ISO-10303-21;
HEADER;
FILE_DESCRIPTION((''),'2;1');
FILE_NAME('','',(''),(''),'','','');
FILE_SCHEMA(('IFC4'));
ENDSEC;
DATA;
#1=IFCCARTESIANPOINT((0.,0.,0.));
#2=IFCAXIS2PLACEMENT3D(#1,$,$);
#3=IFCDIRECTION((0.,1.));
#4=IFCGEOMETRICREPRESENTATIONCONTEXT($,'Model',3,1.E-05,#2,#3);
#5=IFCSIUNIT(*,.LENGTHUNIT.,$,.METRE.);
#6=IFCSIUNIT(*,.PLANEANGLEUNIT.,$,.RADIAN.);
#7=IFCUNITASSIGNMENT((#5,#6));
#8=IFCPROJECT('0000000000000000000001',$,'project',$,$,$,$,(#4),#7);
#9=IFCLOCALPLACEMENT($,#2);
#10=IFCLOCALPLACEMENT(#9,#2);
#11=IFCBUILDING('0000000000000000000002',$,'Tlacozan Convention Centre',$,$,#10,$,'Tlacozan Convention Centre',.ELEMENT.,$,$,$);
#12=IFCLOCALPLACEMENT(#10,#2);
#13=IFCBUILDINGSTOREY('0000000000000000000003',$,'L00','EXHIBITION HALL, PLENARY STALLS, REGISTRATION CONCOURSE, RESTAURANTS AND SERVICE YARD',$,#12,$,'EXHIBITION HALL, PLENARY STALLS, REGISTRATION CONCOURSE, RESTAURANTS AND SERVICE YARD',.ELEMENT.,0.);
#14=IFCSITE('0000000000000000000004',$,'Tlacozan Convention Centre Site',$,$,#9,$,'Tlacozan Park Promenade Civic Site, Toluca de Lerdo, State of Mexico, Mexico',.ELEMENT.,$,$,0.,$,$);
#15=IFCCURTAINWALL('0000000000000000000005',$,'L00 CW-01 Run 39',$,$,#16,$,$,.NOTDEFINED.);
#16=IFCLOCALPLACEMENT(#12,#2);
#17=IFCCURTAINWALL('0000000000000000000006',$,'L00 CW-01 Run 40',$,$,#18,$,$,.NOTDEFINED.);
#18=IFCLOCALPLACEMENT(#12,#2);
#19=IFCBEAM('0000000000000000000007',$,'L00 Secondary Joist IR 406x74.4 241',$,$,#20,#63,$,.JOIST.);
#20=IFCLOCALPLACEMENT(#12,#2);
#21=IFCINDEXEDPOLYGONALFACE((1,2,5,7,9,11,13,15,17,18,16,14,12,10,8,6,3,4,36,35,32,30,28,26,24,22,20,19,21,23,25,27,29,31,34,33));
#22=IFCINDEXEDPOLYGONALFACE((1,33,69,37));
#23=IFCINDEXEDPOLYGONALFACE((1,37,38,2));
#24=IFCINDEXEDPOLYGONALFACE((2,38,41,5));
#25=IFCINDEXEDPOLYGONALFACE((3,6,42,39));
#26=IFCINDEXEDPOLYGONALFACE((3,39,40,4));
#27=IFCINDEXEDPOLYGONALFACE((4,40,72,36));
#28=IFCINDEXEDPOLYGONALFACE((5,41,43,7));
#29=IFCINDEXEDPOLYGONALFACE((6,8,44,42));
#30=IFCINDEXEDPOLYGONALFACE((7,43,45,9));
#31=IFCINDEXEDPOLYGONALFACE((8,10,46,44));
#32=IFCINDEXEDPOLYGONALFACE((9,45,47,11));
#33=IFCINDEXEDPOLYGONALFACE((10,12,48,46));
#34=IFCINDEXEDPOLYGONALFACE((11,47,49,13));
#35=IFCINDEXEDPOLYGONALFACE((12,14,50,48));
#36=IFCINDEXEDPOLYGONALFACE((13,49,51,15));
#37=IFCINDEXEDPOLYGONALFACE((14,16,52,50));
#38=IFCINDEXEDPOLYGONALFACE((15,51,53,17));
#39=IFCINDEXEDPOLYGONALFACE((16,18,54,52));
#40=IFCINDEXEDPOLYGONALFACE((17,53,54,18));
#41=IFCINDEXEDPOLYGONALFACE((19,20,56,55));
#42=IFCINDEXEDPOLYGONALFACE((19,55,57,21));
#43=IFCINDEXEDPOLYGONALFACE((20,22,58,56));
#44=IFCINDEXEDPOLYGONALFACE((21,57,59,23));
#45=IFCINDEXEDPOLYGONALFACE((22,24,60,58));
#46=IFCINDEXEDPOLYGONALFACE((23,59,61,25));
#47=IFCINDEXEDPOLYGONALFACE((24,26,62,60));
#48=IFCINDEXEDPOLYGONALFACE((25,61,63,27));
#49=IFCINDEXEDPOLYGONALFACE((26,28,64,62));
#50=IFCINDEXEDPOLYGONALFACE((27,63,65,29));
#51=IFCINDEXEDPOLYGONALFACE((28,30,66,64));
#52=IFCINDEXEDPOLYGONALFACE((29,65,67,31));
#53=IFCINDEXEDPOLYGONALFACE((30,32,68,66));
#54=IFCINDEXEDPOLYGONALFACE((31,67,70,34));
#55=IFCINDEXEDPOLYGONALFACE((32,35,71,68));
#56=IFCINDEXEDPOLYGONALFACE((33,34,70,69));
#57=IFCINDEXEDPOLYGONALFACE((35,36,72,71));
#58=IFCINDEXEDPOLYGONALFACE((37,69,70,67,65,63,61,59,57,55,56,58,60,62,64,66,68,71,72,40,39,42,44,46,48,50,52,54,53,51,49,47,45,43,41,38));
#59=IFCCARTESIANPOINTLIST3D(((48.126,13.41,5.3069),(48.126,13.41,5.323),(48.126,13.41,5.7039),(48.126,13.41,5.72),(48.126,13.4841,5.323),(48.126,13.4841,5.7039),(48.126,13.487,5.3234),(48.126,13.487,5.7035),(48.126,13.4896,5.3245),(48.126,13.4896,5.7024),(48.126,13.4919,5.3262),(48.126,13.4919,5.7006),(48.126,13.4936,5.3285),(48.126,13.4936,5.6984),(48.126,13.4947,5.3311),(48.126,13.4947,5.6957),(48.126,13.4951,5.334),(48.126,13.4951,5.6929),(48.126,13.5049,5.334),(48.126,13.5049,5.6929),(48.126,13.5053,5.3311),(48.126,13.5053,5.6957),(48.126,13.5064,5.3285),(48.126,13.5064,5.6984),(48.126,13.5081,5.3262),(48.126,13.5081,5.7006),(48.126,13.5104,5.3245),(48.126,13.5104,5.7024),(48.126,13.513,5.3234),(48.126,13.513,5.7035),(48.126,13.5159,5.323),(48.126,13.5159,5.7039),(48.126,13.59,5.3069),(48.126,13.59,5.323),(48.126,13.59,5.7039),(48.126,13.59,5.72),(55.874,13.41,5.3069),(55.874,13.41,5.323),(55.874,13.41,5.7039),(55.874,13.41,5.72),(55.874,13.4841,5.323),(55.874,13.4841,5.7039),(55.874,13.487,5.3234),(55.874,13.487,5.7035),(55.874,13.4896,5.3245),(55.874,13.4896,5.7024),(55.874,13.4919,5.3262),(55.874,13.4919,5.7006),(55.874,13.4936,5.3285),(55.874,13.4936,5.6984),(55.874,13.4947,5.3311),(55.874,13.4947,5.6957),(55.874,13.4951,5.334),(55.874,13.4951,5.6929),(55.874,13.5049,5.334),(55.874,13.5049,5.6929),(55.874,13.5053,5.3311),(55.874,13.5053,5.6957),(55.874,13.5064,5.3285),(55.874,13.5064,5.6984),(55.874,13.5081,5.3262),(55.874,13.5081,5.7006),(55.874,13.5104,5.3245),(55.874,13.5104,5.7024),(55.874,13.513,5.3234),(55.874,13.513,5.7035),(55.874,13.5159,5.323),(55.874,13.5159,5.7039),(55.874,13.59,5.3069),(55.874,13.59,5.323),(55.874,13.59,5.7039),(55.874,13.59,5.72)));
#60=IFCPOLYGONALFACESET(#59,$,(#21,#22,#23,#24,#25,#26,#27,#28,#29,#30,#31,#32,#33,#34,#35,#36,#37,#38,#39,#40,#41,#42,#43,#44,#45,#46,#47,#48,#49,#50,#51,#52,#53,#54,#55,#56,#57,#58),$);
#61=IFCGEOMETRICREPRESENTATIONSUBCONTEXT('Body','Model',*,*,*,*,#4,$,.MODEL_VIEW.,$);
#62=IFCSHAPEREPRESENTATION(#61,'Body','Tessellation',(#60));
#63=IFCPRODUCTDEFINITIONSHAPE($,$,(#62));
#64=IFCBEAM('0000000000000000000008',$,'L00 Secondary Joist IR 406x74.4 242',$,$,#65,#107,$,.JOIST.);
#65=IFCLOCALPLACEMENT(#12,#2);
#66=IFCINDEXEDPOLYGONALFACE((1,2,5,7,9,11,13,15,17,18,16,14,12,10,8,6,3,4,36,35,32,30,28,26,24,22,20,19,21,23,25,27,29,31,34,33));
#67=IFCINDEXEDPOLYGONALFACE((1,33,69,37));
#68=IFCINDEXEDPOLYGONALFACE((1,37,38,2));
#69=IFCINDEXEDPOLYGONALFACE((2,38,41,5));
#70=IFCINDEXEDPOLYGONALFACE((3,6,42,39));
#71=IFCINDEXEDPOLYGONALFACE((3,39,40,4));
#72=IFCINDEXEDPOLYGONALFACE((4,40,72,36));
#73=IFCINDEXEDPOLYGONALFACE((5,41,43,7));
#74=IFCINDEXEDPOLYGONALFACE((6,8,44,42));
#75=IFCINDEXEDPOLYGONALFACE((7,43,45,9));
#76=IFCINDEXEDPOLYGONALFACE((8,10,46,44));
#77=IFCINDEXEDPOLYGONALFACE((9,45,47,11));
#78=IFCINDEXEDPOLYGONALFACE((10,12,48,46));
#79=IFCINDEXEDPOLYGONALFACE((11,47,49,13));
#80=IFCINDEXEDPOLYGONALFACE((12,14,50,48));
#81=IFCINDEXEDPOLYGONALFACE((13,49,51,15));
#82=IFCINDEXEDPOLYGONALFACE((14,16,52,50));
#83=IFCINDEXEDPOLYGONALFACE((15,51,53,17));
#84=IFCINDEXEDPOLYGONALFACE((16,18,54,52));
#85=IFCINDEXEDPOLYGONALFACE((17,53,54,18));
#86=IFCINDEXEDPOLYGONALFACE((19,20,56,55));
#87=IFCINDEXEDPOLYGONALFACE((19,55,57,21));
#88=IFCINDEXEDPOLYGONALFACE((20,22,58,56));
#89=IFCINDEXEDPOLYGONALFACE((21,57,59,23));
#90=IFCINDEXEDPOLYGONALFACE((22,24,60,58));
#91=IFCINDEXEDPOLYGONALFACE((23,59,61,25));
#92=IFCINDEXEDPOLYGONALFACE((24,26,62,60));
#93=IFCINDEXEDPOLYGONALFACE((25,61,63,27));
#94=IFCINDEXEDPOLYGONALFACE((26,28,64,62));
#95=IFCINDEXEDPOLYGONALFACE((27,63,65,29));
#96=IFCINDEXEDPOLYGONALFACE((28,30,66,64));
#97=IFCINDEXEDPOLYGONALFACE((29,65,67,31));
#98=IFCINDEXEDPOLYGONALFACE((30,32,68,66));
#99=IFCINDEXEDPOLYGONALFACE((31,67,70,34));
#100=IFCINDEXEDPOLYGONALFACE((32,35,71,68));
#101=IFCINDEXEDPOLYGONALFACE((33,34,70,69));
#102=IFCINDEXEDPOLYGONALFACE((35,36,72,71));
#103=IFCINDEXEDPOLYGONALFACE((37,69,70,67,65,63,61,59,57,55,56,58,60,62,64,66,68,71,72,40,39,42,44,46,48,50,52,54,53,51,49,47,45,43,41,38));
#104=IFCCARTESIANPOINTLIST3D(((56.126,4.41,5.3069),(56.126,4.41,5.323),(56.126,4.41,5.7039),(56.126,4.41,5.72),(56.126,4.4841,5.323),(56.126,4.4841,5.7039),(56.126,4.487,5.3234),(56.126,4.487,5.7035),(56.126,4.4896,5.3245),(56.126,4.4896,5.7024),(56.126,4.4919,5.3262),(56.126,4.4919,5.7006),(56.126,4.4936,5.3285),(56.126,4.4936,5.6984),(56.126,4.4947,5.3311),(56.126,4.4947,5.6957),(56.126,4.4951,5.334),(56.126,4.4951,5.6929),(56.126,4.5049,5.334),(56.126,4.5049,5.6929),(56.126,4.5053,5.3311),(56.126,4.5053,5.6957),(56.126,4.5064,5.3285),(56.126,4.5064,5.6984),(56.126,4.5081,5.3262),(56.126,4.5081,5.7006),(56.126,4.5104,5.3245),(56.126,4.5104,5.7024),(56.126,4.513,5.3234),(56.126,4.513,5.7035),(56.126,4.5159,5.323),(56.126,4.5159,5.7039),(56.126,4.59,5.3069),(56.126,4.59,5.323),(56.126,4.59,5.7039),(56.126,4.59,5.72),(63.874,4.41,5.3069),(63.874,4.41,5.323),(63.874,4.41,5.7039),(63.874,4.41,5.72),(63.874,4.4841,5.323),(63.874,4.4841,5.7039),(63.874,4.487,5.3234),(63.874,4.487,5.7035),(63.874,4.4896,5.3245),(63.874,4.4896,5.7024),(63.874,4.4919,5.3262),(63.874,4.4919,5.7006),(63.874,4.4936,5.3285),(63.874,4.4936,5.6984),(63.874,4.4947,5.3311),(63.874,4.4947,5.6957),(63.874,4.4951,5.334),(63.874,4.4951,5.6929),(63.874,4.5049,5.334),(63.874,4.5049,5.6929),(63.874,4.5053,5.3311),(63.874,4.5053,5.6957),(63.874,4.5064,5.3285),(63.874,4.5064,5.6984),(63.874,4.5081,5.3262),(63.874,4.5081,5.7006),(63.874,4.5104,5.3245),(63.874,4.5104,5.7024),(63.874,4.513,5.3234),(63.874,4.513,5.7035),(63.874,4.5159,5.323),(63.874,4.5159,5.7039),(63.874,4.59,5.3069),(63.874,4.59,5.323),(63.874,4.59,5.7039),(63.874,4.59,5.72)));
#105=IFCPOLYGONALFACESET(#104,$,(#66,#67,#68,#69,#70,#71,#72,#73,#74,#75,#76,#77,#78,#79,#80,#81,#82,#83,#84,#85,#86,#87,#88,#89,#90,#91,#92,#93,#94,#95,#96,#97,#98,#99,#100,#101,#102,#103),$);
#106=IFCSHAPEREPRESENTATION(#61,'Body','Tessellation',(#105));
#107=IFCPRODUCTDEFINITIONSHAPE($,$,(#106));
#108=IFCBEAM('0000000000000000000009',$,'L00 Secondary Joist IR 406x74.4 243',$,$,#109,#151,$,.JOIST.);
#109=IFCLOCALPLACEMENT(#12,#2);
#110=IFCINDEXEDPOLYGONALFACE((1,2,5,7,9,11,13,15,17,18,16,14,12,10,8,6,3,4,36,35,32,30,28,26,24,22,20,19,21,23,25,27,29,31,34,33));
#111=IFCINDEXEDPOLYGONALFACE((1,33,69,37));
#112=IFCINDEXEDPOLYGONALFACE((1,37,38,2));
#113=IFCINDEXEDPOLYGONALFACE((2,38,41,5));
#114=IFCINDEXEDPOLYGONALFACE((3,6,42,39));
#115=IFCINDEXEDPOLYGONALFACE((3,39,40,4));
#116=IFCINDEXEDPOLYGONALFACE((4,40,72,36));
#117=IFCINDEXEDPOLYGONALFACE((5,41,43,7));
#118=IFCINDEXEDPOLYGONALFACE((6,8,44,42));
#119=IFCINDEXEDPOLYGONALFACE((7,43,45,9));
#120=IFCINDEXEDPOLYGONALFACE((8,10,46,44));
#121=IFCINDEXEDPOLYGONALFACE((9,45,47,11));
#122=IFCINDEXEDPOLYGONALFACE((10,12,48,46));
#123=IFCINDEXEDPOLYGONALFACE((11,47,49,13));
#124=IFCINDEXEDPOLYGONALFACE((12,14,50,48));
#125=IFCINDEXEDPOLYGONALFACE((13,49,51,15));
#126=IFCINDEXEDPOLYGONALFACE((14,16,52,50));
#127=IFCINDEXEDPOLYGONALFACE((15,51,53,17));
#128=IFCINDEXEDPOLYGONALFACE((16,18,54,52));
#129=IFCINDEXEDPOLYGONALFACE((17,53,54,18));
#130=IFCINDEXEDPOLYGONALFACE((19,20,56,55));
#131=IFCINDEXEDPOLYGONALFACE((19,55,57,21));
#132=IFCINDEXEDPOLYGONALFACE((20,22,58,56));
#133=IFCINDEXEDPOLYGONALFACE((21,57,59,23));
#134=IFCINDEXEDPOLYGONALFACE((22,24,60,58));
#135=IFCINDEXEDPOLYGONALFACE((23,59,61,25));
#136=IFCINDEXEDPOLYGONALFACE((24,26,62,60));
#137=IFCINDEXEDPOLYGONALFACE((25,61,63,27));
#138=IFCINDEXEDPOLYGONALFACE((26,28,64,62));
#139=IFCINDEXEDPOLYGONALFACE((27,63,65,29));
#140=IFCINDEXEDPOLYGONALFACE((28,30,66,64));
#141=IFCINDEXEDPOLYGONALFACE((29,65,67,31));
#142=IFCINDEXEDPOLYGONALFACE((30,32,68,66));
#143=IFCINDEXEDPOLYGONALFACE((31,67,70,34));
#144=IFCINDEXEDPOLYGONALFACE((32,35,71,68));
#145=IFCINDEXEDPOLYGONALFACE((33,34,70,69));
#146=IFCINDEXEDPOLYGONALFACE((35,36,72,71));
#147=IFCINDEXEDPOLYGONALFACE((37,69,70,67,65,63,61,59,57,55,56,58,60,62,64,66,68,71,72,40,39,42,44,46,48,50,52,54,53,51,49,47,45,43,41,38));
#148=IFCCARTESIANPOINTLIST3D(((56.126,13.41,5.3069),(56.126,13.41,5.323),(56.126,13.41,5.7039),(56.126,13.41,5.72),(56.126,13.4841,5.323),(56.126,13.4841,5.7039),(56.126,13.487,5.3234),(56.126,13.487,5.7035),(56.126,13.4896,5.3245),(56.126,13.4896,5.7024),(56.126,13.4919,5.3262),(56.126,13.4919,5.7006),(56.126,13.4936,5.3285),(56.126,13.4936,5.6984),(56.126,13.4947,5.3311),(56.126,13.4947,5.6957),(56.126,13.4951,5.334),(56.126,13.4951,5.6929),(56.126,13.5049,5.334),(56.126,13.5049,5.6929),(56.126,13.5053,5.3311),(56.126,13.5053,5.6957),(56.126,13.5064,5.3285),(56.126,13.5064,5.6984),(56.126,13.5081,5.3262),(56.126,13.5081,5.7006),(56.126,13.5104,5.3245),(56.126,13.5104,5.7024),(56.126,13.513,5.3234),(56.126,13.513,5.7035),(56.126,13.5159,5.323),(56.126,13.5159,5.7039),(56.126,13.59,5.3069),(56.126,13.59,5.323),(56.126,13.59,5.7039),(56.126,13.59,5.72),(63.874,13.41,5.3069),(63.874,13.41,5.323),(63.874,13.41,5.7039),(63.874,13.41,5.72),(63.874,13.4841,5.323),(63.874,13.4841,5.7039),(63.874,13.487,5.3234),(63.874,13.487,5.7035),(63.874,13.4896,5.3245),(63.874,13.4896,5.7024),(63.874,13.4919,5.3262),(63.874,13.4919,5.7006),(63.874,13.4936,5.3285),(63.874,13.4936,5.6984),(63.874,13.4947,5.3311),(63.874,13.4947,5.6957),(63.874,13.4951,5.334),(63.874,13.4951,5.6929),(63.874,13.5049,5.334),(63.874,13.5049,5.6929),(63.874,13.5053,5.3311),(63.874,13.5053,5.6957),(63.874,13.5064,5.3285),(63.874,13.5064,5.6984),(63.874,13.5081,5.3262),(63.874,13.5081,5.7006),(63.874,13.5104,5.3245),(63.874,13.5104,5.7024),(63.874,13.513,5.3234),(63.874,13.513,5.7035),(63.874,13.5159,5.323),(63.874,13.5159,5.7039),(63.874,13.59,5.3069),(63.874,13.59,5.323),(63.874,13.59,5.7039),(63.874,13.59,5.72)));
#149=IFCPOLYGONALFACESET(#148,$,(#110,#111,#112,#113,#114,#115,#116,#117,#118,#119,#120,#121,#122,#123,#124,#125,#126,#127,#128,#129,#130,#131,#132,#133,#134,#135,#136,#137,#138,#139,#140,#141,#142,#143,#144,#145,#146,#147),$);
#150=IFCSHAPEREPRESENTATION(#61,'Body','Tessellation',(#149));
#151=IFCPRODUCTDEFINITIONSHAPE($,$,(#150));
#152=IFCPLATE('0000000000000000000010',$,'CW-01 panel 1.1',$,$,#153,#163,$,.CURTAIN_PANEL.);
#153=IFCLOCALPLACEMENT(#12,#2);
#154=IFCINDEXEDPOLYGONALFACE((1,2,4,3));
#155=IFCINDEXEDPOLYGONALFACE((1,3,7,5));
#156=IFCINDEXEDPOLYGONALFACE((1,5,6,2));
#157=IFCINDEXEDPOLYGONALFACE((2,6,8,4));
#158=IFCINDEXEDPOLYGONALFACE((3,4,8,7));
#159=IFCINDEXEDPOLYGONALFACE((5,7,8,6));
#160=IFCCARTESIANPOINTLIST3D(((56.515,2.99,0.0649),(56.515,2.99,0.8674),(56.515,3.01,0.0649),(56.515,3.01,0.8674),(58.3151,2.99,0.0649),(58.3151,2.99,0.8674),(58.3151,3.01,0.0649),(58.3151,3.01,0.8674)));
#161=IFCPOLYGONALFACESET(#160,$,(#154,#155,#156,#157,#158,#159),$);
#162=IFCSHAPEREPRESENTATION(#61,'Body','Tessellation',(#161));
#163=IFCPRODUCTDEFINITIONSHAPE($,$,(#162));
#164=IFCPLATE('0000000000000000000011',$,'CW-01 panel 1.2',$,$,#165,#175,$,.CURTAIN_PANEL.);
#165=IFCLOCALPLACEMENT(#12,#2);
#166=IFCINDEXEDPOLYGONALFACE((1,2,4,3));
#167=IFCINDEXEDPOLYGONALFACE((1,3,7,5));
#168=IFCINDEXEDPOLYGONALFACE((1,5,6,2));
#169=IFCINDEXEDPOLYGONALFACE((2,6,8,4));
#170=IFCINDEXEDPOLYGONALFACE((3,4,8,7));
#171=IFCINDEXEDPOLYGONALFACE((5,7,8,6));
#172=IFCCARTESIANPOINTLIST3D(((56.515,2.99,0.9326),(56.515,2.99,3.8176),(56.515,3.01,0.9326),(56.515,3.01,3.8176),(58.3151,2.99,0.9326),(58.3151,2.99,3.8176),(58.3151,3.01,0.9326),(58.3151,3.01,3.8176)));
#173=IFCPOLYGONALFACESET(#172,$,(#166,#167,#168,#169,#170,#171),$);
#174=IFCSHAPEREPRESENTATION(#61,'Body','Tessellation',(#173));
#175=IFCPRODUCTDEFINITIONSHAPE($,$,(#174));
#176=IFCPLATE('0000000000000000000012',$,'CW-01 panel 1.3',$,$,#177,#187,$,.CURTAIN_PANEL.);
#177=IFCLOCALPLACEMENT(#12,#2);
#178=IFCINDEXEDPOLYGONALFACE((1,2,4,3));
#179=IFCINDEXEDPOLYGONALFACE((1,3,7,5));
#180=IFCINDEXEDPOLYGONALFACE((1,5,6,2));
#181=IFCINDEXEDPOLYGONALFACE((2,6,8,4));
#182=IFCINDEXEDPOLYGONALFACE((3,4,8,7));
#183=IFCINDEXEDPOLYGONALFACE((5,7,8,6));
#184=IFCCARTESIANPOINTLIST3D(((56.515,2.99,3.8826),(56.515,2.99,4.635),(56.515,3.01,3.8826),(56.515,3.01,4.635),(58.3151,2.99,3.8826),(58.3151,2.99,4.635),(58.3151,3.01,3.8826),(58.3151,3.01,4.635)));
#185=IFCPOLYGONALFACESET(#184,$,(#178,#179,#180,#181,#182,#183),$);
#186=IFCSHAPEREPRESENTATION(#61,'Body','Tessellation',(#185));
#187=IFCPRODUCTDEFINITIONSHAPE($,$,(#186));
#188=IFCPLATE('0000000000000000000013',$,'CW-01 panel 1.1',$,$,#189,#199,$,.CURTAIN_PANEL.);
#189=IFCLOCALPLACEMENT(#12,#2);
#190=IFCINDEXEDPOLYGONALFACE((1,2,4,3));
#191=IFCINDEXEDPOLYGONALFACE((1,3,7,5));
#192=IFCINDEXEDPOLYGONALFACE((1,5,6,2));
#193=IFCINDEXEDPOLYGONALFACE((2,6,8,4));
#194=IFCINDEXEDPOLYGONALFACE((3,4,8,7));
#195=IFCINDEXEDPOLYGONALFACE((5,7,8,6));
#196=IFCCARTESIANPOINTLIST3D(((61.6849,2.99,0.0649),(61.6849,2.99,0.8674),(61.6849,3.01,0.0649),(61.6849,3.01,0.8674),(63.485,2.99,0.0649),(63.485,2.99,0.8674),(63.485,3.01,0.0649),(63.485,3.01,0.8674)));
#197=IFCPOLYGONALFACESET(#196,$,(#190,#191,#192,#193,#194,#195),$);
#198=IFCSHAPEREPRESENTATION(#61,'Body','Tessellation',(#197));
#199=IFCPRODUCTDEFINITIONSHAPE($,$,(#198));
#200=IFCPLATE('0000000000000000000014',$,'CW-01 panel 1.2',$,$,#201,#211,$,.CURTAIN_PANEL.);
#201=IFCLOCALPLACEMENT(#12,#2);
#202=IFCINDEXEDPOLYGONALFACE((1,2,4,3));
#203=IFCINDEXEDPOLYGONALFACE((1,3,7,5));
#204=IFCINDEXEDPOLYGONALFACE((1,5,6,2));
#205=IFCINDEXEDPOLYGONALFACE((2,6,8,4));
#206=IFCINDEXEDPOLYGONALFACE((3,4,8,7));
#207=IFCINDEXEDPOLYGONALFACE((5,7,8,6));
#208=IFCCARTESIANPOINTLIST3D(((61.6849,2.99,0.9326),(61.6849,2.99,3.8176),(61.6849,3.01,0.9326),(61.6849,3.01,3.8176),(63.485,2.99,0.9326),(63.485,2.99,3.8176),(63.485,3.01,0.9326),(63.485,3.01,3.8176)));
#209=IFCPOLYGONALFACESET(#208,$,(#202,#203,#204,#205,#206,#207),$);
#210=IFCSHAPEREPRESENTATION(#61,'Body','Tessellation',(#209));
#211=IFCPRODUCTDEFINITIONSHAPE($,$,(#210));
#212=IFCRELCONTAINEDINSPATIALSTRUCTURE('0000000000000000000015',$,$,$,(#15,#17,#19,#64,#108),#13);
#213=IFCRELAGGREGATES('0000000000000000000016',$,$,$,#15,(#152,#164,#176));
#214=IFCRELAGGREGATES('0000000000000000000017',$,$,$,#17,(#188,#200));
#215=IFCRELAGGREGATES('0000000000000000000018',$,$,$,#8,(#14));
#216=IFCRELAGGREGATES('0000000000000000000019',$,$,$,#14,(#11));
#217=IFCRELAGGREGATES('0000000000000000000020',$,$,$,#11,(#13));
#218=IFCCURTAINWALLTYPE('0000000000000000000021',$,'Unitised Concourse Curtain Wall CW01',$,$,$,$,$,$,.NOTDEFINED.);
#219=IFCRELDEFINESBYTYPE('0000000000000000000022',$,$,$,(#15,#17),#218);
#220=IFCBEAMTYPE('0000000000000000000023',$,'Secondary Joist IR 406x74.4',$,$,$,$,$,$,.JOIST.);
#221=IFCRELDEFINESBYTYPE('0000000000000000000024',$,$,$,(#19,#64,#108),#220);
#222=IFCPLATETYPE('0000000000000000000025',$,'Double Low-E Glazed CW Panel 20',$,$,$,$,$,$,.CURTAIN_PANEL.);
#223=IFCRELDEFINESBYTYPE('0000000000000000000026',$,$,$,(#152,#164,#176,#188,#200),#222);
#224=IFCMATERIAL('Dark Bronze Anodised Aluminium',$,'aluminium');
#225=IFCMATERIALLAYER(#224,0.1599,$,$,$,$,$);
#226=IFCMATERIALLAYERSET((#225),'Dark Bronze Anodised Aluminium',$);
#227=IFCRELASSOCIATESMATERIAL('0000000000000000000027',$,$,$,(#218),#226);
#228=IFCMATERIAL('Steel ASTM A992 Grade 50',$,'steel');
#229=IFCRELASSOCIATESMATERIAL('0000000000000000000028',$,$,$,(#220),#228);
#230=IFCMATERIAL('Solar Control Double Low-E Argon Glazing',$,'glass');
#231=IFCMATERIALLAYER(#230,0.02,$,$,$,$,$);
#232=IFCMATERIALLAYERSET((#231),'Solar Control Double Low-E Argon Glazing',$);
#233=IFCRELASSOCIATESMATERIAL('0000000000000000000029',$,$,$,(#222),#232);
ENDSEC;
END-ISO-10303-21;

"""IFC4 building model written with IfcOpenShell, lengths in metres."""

from ifc_helpers import new_model, si_unit, direction, frame, origin, origin_2d, place, context, subcontext, project, spatial, rectangle, i_section, extrude, material, layer, layer_set, material_profile, profile_set, type_object, element, aggregate, save


model = new_model("IFC4")

# Units and contexts
model_context = context("Model", 3, precision=1e-05, world=origin(), true_north=direction((0.0, 1.0)))
body_context = subcontext(model_context, "Body", "Model", "MODEL_VIEW")
ifc_project = project(units=[si_unit("LENGTHUNIT", "METRE"), si_unit("PLANEANGLEUNIT", "RADIAN")], contexts=[model_context])

# Site, building, storey
site_placement = place(None, origin())
site = spatial("IfcSite", under=ifc_project, at=site_placement, Name="Tlacozan Convention Centre Site", LongName="Tlacozan Park Promenade Civic Site, Toluca de Lerdo, State of Mexico, Mexico", CompositionType="ELEMENT", RefElevation=0.0)
building_placement = place(site_placement, origin())
building = spatial("IfcBuilding", under=site, at=building_placement, Name="Tlacozan Convention Centre", LongName="Tlacozan Convention Centre", CompositionType="ELEMENT")
storey_placement = place(building_placement, origin())
storey = spatial("IfcBuildingStorey", under=building, at=storey_placement, Name="L00", Description="EXHIBITION HALL, PLENARY STALLS, REGISTRATION CONCOURSE, RESTAURANTS AND SERVICE YARD", LongName="EXHIBITION HALL, PLENARY STALLS, REGISTRATION CONCOURSE, RESTAURANTS AND SERVICE YARD", CompositionType="ELEMENT", Elevation=0.0)

# Curtain walls
ifc_material_1 = material(Name="Dark Bronze Anodised Aluminium", Category="aluminium")
ifc_layer_1 = layer(ifc_material_1, 0.1599)
ifc_layer_set_1 = layer_set([ifc_layer_1], Name="Dark Bronze Anodised Aluminium")
curtain_wall_type = type_object("IfcCurtainWallType", Name="Unitised Concourse Curtain Wall CW01", PredefinedType="NOTDEFINED", material=ifc_layer_set_1)
curtain_wall_1_placement = place(storey_placement, origin())
curtain_wall_1 = element("IfcCurtainWall", 1, at=curtain_wall_1_placement, inside=storey, type_object=curtain_wall_type, Name="L00 CW-01 Run 39", PredefinedType="NOTDEFINED")
curtain_wall_2_placement = place(storey_placement, origin())
curtain_wall_2 = element("IfcCurtainWall", 2, at=curtain_wall_2_placement, inside=storey, type_object=curtain_wall_type, Name="L00 CW-01 Run 40", PredefinedType="NOTDEFINED")

# Beams
ifc_material_2 = material(Name="Steel ASTM A992 Grade 50", Category="steel")
ifc_material_profile_1 = material_profile(ifc_material_2, i_section(OverallWidth=0.1799, OverallDepth=0.4131, WebThickness=0.0098, FlangeThickness=0.0161, FilletRadius=0.011, at=origin_2d()), Name="IR 406x74.4")
ifc_profile_set_1 = profile_set([ifc_material_profile_1], Name="Steel ASTM A992 Grade 50")
beam_type_1 = type_object("IfcBeamType", Name="Secondary Joist IR 406x74.4", PredefinedType="JOIST", material=ifc_profile_set_1)
for number, where, z_axis, x_axis, name in (
    (3, (48.126, 13.5, 5.5134), (1.0, 0.0, 0.0), (0.0, 1.0, 0.0), "L00 Secondary Joist IR 406x74.4 241"),
    (4, (56.126, 4.5, 5.5134), (1.0, 0.0, 0.0), (0.0, 1.0, 0.0), "L00 Secondary Joist IR 406x74.4 242"),
    (5, (56.126, 13.5, 5.5134), (1.0, 0.0, 0.0), (0.0, 1.0, 0.0), "L00 Secondary Joist IR 406x74.4 243"),
):
    element("IfcBeam", number, at=place(storey_placement, frame(where, z_axis=z_axis, x_axis=x_axis)), inside=storey, type_object=beam_type_1, Name=name, PredefinedType="JOIST", context=body_context, shape_type="SweptSolid", body=[
        extrude(i_section(OverallWidth=0.1799, OverallDepth=0.4131, WebThickness=0.0098, FlangeThickness=0.0161, FilletRadius=0.011, at=origin_2d()), origin(), (0.0, 0.0, 1.0), 7.748),
    ])

# Plates
ifc_material_3 = material(Name="Solar Control Double Low-E Argon Glazing", Category="glass")
ifc_layer_2 = layer(ifc_material_3, 0.02)
ifc_layer_set_2 = layer_set([ifc_layer_2], Name="Solar Control Double Low-E Argon Glazing")
plate_type = type_object("IfcPlateType", Name="Double Low-E Glazed CW Panel 20", PredefinedType="CURTAIN_PANEL", material=ifc_layer_set_2)
plate_1_placement = place(storey_placement, frame((57.415, 3.0, 0.0649), z_axis=(0.0, 0.0, 1.0), x_axis=(1.0, 0.0, 0.0)))
plate_1 = element("IfcPlate", 6, at=plate_1_placement, type_object=plate_type, Name="CW-01 panel 1.1", PredefinedType="CURTAIN_PANEL", context=body_context, shape_type="SweptSolid", body=[
    extrude(rectangle(XDim=1.8, YDim=0.02, at=origin_2d()), origin(), (0.0, 0.0, 1.0), 0.8025),
])
plate_2_placement = place(storey_placement, frame((57.415, 3.0, 0.9326), z_axis=(0.0, 0.0, 1.0), x_axis=(1.0, 0.0, 0.0)))
plate_2 = element("IfcPlate", 7, at=plate_2_placement, type_object=plate_type, Name="CW-01 panel 1.2", PredefinedType="CURTAIN_PANEL", context=body_context, shape_type="SweptSolid", body=[
    extrude(rectangle(XDim=1.8, YDim=0.02, at=origin_2d()), origin(), (0.0, 0.0, 1.0), 2.885),
])
plate_3_placement = place(storey_placement, frame((57.415, 3.0, 3.8826), z_axis=(0.0, 0.0, 1.0), x_axis=(1.0, 0.0, 0.0)))
plate_3 = element("IfcPlate", 8, at=plate_3_placement, type_object=plate_type, Name="CW-01 panel 1.3", PredefinedType="CURTAIN_PANEL", context=body_context, shape_type="SweptSolid", body=[
    extrude(rectangle(XDim=1.8, YDim=0.02, at=origin_2d()), origin(), (0.0, 0.0, 1.0), 0.7524),
])
aggregate(curtain_wall_1, [plate_1, plate_2, plate_3])
plate_4_placement = place(storey_placement, frame((62.585, 3.0, 0.0649), z_axis=(0.0, 0.0, 1.0), x_axis=(1.0, 0.0, 0.0)))
plate_4 = element("IfcPlate", 9, at=plate_4_placement, type_object=plate_type, Name="CW-01 panel 1.1", PredefinedType="CURTAIN_PANEL", context=body_context, shape_type="SweptSolid", body=[
    extrude(rectangle(XDim=1.8, YDim=0.02, at=origin_2d()), origin(), (0.0, 0.0, 1.0), 0.8025),
])
plate_5_placement = place(storey_placement, frame((62.585, 3.0, 0.9326), z_axis=(0.0, 0.0, 1.0), x_axis=(1.0, 0.0, 0.0)))
plate_5 = element("IfcPlate", 10, at=plate_5_placement, type_object=plate_type, Name="CW-01 panel 1.2", PredefinedType="CURTAIN_PANEL", context=body_context, shape_type="SweptSolid", body=[
    extrude(rectangle(XDim=1.8, YDim=0.02, at=origin_2d()), origin(), (0.0, 0.0, 1.0), 2.885),
])
aggregate(curtain_wall_2, [plate_4, plate_5])

save(model, "model.ifc")
